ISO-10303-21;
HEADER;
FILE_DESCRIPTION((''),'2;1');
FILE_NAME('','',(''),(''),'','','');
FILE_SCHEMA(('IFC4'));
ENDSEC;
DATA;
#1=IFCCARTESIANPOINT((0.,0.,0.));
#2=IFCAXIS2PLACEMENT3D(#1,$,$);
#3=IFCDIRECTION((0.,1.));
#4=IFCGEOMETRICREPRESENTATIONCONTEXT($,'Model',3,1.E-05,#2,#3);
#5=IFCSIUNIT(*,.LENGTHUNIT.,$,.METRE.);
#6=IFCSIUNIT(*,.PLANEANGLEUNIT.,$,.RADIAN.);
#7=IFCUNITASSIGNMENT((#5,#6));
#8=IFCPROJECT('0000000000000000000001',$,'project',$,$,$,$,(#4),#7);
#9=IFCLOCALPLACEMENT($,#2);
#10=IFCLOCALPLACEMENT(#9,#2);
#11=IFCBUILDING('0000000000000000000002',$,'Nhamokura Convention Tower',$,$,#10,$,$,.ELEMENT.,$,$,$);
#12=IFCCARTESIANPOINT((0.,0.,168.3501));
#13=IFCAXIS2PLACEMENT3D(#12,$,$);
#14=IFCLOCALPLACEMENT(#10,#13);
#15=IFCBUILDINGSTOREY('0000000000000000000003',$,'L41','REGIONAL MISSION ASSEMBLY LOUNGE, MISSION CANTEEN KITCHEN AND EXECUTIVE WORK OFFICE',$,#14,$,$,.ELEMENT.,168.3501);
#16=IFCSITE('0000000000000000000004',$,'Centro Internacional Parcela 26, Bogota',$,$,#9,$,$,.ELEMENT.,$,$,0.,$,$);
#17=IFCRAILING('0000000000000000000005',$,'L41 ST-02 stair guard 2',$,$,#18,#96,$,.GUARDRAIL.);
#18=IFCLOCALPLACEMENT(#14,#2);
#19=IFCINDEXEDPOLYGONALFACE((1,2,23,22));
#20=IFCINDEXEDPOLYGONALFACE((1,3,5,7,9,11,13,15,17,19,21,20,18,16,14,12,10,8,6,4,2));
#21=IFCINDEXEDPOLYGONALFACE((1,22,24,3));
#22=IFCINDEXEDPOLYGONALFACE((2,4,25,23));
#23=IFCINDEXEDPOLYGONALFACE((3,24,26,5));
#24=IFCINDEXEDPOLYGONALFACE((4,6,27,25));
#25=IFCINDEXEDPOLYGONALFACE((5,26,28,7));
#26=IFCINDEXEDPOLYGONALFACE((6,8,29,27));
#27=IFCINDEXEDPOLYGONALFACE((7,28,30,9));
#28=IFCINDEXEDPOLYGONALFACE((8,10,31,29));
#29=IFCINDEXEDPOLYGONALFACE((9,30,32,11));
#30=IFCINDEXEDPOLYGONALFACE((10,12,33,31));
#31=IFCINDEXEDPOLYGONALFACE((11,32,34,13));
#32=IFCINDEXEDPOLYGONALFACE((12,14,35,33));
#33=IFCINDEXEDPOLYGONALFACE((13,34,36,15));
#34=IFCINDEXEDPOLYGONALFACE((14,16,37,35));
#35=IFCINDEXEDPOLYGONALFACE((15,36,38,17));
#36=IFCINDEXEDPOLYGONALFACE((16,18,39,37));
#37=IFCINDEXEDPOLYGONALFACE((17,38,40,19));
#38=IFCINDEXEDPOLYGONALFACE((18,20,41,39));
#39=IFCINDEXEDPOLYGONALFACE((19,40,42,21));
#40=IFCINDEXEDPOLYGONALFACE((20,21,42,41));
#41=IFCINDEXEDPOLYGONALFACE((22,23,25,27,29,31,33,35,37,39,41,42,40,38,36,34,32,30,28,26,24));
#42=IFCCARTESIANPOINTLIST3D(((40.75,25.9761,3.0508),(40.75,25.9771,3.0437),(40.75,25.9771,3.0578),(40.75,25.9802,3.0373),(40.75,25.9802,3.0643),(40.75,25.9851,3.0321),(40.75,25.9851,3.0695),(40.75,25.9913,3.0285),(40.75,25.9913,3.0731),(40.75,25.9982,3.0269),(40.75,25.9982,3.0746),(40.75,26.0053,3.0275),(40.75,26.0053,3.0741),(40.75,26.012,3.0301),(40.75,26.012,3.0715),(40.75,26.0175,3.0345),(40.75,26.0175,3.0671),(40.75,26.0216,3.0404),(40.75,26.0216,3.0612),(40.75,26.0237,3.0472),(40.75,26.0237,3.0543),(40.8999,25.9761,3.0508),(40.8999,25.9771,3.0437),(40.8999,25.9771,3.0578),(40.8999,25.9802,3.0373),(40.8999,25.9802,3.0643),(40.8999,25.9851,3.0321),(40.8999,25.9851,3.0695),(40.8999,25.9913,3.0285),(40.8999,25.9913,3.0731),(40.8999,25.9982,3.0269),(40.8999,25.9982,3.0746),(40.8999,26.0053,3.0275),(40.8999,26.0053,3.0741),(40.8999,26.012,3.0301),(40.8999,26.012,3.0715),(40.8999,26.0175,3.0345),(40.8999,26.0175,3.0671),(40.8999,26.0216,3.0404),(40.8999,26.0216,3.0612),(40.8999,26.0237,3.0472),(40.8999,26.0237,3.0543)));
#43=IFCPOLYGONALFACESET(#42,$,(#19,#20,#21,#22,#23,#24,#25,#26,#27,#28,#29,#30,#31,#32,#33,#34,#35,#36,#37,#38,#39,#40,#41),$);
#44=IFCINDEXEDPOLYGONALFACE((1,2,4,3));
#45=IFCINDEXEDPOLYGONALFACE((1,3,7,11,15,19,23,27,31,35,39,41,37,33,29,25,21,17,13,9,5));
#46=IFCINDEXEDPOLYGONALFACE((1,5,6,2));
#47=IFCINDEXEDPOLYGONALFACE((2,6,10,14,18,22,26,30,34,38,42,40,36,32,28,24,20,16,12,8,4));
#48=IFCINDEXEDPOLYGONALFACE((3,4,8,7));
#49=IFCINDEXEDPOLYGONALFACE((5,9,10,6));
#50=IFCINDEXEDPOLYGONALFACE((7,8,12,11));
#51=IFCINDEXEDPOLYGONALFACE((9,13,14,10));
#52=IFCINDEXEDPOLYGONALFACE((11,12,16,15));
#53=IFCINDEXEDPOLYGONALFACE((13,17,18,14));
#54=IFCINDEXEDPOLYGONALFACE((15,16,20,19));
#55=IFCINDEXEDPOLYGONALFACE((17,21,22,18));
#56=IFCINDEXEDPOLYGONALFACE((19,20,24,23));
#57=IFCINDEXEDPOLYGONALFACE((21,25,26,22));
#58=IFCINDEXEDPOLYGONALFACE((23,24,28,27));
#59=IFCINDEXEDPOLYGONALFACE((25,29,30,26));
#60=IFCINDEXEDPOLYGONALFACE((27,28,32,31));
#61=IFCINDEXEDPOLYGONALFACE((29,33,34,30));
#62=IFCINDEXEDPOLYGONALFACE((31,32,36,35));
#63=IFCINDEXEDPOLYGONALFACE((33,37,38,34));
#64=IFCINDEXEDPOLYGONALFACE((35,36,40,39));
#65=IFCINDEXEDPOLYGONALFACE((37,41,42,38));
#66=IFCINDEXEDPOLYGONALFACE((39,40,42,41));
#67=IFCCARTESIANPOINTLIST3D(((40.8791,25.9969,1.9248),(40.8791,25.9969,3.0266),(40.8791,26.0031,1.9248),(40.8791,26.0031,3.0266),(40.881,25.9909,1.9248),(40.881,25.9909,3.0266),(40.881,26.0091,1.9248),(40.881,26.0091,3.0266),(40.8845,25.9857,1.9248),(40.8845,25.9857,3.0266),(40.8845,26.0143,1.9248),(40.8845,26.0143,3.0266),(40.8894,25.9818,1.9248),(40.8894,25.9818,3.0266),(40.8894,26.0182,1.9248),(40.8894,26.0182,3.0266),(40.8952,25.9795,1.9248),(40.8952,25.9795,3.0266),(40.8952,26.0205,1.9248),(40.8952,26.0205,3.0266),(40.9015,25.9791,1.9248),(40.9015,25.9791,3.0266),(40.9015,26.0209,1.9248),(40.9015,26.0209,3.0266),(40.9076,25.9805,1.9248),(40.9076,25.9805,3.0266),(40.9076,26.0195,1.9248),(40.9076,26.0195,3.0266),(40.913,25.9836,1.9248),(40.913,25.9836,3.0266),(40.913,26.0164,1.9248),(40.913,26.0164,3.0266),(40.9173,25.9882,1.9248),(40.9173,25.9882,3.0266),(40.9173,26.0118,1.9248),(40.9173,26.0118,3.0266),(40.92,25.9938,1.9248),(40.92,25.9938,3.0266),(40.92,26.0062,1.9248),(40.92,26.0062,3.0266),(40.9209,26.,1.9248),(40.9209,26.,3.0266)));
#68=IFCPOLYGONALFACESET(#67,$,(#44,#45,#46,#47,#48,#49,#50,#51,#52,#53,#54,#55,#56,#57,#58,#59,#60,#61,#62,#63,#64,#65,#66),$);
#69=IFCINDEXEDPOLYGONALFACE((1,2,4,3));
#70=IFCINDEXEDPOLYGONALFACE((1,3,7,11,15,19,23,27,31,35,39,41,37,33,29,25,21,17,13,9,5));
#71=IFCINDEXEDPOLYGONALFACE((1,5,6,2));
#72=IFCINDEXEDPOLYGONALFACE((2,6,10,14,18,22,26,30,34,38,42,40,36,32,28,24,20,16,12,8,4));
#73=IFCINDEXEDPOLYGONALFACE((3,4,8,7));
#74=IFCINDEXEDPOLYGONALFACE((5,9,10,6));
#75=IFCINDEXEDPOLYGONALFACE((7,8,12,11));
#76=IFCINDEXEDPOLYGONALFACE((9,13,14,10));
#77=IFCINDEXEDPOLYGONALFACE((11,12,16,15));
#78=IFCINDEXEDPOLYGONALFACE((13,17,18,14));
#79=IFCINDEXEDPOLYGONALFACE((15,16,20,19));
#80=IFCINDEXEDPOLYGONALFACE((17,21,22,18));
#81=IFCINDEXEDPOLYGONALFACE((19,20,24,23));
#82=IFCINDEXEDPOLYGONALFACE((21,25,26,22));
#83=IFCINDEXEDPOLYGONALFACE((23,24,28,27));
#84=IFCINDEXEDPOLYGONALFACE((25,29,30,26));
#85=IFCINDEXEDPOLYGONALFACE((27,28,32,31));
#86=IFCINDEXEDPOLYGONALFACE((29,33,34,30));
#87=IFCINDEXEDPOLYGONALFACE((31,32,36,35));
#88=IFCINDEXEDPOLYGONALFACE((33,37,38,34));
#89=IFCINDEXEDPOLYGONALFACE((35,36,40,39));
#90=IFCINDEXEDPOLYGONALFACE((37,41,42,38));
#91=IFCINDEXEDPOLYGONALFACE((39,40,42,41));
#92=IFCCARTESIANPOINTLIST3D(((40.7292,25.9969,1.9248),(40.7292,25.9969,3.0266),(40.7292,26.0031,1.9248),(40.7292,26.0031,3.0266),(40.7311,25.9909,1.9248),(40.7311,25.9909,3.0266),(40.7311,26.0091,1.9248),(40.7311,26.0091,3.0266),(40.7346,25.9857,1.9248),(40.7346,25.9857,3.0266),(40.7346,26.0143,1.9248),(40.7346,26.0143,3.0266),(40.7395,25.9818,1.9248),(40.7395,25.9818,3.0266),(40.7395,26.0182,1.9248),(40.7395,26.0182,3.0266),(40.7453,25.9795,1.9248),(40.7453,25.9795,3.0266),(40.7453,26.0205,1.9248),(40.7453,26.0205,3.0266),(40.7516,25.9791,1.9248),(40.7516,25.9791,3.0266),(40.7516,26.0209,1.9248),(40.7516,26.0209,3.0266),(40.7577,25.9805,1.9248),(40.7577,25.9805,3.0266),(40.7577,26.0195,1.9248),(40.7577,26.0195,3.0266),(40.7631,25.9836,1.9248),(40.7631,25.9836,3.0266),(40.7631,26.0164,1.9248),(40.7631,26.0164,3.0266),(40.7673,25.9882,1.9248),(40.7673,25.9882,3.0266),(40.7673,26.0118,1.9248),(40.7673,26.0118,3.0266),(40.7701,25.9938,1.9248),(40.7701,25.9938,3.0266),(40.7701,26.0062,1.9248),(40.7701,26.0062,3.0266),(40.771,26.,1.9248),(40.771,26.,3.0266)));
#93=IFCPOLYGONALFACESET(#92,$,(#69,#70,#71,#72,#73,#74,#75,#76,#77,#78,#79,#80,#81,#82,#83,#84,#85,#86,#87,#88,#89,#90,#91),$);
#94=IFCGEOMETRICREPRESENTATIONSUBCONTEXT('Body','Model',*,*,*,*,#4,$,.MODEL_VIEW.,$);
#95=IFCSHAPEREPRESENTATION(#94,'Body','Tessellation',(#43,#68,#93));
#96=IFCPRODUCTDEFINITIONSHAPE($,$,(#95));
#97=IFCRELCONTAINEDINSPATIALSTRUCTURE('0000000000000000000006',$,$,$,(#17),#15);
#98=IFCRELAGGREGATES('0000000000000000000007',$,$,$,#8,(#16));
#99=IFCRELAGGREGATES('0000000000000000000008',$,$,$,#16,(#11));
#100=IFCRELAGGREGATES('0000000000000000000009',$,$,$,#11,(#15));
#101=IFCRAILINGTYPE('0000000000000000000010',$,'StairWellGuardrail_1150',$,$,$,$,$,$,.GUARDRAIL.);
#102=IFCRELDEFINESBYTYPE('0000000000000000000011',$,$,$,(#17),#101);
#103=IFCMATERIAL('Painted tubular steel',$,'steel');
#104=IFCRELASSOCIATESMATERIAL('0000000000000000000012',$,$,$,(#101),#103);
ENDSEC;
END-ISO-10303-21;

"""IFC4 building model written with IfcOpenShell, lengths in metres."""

from ifc_helpers import new_model, si_unit, direction, frame, origin, origin_2d, place, context, subcontext, project, spatial, circle, extrude, material, type_object, element, save


model = new_model("IFC4")

# Units and contexts
model_context = context("Model", 3, precision=1e-05, world=origin(), true_north=direction((0.0, 1.0)))
body_context = subcontext(model_context, "Body", "Model", "MODEL_VIEW")
ifc_project = project(units=[si_unit("LENGTHUNIT", "METRE"), si_unit("PLANEANGLEUNIT", "RADIAN")], contexts=[model_context])

# Site, building, storey
site_placement = place(None, origin())
site = spatial("IfcSite", under=ifc_project, at=site_placement, Name="Centro Internacional Parcela 26, Bogota", CompositionType="ELEMENT", RefElevation=0.0)
building_placement = place(site_placement, origin())
building = spatial("IfcBuilding", under=site, at=building_placement, Name="Nhamokura Convention Tower", CompositionType="ELEMENT")
storey_placement = place(building_placement, frame((0.0, 0.0, 168.3501)))
storey = spatial("IfcBuildingStorey", under=building, at=storey_placement, Name="L41", Description="REGIONAL MISSION ASSEMBLY LOUNGE, MISSION CANTEEN KITCHEN AND EXECUTIVE WORK OFFICE", CompositionType="ELEMENT", Elevation=168.3501)

# Railing
ifc_material_1 = material(Name="Painted tubular steel", Category="steel")
railing_type_1 = type_object("IfcRailingType", Name="StairWellGuardrail_1150", PredefinedType="GUARDRAIL", material=ifc_material_1)
railing_1_placement = place(storey_placement, frame((40.8999, 26.0, 1.9248)))
element("IfcRailing", 1, at=railing_1_placement, inside=storey, type_object=railing_type_1, Name="L41 ST-02 stair guard 2", PredefinedType="GUARDRAIL", context=body_context, shape_type="SweptSolid", body=[
    extrude(circle(Radius=0.0239, at=origin_2d()), frame((0.0, 0.0, 1.126), z_axis=(-1.0, 0.0, 0.0), x_axis=(0.0, -1.0, 0.0)), (0.0, 0.0, 1.0), 0.1499),
    extrude(circle(Radius=0.021, at=origin_2d()), origin(), (0.0, 0.0, 1.0), 1.1018),
    extrude(circle(Radius=0.021, at=origin_2d()), frame((-0.1499, 0.0, 0.0)), (0.0, 0.0, 1.0), 1.1018),
])

save(model, "model.ifc")
